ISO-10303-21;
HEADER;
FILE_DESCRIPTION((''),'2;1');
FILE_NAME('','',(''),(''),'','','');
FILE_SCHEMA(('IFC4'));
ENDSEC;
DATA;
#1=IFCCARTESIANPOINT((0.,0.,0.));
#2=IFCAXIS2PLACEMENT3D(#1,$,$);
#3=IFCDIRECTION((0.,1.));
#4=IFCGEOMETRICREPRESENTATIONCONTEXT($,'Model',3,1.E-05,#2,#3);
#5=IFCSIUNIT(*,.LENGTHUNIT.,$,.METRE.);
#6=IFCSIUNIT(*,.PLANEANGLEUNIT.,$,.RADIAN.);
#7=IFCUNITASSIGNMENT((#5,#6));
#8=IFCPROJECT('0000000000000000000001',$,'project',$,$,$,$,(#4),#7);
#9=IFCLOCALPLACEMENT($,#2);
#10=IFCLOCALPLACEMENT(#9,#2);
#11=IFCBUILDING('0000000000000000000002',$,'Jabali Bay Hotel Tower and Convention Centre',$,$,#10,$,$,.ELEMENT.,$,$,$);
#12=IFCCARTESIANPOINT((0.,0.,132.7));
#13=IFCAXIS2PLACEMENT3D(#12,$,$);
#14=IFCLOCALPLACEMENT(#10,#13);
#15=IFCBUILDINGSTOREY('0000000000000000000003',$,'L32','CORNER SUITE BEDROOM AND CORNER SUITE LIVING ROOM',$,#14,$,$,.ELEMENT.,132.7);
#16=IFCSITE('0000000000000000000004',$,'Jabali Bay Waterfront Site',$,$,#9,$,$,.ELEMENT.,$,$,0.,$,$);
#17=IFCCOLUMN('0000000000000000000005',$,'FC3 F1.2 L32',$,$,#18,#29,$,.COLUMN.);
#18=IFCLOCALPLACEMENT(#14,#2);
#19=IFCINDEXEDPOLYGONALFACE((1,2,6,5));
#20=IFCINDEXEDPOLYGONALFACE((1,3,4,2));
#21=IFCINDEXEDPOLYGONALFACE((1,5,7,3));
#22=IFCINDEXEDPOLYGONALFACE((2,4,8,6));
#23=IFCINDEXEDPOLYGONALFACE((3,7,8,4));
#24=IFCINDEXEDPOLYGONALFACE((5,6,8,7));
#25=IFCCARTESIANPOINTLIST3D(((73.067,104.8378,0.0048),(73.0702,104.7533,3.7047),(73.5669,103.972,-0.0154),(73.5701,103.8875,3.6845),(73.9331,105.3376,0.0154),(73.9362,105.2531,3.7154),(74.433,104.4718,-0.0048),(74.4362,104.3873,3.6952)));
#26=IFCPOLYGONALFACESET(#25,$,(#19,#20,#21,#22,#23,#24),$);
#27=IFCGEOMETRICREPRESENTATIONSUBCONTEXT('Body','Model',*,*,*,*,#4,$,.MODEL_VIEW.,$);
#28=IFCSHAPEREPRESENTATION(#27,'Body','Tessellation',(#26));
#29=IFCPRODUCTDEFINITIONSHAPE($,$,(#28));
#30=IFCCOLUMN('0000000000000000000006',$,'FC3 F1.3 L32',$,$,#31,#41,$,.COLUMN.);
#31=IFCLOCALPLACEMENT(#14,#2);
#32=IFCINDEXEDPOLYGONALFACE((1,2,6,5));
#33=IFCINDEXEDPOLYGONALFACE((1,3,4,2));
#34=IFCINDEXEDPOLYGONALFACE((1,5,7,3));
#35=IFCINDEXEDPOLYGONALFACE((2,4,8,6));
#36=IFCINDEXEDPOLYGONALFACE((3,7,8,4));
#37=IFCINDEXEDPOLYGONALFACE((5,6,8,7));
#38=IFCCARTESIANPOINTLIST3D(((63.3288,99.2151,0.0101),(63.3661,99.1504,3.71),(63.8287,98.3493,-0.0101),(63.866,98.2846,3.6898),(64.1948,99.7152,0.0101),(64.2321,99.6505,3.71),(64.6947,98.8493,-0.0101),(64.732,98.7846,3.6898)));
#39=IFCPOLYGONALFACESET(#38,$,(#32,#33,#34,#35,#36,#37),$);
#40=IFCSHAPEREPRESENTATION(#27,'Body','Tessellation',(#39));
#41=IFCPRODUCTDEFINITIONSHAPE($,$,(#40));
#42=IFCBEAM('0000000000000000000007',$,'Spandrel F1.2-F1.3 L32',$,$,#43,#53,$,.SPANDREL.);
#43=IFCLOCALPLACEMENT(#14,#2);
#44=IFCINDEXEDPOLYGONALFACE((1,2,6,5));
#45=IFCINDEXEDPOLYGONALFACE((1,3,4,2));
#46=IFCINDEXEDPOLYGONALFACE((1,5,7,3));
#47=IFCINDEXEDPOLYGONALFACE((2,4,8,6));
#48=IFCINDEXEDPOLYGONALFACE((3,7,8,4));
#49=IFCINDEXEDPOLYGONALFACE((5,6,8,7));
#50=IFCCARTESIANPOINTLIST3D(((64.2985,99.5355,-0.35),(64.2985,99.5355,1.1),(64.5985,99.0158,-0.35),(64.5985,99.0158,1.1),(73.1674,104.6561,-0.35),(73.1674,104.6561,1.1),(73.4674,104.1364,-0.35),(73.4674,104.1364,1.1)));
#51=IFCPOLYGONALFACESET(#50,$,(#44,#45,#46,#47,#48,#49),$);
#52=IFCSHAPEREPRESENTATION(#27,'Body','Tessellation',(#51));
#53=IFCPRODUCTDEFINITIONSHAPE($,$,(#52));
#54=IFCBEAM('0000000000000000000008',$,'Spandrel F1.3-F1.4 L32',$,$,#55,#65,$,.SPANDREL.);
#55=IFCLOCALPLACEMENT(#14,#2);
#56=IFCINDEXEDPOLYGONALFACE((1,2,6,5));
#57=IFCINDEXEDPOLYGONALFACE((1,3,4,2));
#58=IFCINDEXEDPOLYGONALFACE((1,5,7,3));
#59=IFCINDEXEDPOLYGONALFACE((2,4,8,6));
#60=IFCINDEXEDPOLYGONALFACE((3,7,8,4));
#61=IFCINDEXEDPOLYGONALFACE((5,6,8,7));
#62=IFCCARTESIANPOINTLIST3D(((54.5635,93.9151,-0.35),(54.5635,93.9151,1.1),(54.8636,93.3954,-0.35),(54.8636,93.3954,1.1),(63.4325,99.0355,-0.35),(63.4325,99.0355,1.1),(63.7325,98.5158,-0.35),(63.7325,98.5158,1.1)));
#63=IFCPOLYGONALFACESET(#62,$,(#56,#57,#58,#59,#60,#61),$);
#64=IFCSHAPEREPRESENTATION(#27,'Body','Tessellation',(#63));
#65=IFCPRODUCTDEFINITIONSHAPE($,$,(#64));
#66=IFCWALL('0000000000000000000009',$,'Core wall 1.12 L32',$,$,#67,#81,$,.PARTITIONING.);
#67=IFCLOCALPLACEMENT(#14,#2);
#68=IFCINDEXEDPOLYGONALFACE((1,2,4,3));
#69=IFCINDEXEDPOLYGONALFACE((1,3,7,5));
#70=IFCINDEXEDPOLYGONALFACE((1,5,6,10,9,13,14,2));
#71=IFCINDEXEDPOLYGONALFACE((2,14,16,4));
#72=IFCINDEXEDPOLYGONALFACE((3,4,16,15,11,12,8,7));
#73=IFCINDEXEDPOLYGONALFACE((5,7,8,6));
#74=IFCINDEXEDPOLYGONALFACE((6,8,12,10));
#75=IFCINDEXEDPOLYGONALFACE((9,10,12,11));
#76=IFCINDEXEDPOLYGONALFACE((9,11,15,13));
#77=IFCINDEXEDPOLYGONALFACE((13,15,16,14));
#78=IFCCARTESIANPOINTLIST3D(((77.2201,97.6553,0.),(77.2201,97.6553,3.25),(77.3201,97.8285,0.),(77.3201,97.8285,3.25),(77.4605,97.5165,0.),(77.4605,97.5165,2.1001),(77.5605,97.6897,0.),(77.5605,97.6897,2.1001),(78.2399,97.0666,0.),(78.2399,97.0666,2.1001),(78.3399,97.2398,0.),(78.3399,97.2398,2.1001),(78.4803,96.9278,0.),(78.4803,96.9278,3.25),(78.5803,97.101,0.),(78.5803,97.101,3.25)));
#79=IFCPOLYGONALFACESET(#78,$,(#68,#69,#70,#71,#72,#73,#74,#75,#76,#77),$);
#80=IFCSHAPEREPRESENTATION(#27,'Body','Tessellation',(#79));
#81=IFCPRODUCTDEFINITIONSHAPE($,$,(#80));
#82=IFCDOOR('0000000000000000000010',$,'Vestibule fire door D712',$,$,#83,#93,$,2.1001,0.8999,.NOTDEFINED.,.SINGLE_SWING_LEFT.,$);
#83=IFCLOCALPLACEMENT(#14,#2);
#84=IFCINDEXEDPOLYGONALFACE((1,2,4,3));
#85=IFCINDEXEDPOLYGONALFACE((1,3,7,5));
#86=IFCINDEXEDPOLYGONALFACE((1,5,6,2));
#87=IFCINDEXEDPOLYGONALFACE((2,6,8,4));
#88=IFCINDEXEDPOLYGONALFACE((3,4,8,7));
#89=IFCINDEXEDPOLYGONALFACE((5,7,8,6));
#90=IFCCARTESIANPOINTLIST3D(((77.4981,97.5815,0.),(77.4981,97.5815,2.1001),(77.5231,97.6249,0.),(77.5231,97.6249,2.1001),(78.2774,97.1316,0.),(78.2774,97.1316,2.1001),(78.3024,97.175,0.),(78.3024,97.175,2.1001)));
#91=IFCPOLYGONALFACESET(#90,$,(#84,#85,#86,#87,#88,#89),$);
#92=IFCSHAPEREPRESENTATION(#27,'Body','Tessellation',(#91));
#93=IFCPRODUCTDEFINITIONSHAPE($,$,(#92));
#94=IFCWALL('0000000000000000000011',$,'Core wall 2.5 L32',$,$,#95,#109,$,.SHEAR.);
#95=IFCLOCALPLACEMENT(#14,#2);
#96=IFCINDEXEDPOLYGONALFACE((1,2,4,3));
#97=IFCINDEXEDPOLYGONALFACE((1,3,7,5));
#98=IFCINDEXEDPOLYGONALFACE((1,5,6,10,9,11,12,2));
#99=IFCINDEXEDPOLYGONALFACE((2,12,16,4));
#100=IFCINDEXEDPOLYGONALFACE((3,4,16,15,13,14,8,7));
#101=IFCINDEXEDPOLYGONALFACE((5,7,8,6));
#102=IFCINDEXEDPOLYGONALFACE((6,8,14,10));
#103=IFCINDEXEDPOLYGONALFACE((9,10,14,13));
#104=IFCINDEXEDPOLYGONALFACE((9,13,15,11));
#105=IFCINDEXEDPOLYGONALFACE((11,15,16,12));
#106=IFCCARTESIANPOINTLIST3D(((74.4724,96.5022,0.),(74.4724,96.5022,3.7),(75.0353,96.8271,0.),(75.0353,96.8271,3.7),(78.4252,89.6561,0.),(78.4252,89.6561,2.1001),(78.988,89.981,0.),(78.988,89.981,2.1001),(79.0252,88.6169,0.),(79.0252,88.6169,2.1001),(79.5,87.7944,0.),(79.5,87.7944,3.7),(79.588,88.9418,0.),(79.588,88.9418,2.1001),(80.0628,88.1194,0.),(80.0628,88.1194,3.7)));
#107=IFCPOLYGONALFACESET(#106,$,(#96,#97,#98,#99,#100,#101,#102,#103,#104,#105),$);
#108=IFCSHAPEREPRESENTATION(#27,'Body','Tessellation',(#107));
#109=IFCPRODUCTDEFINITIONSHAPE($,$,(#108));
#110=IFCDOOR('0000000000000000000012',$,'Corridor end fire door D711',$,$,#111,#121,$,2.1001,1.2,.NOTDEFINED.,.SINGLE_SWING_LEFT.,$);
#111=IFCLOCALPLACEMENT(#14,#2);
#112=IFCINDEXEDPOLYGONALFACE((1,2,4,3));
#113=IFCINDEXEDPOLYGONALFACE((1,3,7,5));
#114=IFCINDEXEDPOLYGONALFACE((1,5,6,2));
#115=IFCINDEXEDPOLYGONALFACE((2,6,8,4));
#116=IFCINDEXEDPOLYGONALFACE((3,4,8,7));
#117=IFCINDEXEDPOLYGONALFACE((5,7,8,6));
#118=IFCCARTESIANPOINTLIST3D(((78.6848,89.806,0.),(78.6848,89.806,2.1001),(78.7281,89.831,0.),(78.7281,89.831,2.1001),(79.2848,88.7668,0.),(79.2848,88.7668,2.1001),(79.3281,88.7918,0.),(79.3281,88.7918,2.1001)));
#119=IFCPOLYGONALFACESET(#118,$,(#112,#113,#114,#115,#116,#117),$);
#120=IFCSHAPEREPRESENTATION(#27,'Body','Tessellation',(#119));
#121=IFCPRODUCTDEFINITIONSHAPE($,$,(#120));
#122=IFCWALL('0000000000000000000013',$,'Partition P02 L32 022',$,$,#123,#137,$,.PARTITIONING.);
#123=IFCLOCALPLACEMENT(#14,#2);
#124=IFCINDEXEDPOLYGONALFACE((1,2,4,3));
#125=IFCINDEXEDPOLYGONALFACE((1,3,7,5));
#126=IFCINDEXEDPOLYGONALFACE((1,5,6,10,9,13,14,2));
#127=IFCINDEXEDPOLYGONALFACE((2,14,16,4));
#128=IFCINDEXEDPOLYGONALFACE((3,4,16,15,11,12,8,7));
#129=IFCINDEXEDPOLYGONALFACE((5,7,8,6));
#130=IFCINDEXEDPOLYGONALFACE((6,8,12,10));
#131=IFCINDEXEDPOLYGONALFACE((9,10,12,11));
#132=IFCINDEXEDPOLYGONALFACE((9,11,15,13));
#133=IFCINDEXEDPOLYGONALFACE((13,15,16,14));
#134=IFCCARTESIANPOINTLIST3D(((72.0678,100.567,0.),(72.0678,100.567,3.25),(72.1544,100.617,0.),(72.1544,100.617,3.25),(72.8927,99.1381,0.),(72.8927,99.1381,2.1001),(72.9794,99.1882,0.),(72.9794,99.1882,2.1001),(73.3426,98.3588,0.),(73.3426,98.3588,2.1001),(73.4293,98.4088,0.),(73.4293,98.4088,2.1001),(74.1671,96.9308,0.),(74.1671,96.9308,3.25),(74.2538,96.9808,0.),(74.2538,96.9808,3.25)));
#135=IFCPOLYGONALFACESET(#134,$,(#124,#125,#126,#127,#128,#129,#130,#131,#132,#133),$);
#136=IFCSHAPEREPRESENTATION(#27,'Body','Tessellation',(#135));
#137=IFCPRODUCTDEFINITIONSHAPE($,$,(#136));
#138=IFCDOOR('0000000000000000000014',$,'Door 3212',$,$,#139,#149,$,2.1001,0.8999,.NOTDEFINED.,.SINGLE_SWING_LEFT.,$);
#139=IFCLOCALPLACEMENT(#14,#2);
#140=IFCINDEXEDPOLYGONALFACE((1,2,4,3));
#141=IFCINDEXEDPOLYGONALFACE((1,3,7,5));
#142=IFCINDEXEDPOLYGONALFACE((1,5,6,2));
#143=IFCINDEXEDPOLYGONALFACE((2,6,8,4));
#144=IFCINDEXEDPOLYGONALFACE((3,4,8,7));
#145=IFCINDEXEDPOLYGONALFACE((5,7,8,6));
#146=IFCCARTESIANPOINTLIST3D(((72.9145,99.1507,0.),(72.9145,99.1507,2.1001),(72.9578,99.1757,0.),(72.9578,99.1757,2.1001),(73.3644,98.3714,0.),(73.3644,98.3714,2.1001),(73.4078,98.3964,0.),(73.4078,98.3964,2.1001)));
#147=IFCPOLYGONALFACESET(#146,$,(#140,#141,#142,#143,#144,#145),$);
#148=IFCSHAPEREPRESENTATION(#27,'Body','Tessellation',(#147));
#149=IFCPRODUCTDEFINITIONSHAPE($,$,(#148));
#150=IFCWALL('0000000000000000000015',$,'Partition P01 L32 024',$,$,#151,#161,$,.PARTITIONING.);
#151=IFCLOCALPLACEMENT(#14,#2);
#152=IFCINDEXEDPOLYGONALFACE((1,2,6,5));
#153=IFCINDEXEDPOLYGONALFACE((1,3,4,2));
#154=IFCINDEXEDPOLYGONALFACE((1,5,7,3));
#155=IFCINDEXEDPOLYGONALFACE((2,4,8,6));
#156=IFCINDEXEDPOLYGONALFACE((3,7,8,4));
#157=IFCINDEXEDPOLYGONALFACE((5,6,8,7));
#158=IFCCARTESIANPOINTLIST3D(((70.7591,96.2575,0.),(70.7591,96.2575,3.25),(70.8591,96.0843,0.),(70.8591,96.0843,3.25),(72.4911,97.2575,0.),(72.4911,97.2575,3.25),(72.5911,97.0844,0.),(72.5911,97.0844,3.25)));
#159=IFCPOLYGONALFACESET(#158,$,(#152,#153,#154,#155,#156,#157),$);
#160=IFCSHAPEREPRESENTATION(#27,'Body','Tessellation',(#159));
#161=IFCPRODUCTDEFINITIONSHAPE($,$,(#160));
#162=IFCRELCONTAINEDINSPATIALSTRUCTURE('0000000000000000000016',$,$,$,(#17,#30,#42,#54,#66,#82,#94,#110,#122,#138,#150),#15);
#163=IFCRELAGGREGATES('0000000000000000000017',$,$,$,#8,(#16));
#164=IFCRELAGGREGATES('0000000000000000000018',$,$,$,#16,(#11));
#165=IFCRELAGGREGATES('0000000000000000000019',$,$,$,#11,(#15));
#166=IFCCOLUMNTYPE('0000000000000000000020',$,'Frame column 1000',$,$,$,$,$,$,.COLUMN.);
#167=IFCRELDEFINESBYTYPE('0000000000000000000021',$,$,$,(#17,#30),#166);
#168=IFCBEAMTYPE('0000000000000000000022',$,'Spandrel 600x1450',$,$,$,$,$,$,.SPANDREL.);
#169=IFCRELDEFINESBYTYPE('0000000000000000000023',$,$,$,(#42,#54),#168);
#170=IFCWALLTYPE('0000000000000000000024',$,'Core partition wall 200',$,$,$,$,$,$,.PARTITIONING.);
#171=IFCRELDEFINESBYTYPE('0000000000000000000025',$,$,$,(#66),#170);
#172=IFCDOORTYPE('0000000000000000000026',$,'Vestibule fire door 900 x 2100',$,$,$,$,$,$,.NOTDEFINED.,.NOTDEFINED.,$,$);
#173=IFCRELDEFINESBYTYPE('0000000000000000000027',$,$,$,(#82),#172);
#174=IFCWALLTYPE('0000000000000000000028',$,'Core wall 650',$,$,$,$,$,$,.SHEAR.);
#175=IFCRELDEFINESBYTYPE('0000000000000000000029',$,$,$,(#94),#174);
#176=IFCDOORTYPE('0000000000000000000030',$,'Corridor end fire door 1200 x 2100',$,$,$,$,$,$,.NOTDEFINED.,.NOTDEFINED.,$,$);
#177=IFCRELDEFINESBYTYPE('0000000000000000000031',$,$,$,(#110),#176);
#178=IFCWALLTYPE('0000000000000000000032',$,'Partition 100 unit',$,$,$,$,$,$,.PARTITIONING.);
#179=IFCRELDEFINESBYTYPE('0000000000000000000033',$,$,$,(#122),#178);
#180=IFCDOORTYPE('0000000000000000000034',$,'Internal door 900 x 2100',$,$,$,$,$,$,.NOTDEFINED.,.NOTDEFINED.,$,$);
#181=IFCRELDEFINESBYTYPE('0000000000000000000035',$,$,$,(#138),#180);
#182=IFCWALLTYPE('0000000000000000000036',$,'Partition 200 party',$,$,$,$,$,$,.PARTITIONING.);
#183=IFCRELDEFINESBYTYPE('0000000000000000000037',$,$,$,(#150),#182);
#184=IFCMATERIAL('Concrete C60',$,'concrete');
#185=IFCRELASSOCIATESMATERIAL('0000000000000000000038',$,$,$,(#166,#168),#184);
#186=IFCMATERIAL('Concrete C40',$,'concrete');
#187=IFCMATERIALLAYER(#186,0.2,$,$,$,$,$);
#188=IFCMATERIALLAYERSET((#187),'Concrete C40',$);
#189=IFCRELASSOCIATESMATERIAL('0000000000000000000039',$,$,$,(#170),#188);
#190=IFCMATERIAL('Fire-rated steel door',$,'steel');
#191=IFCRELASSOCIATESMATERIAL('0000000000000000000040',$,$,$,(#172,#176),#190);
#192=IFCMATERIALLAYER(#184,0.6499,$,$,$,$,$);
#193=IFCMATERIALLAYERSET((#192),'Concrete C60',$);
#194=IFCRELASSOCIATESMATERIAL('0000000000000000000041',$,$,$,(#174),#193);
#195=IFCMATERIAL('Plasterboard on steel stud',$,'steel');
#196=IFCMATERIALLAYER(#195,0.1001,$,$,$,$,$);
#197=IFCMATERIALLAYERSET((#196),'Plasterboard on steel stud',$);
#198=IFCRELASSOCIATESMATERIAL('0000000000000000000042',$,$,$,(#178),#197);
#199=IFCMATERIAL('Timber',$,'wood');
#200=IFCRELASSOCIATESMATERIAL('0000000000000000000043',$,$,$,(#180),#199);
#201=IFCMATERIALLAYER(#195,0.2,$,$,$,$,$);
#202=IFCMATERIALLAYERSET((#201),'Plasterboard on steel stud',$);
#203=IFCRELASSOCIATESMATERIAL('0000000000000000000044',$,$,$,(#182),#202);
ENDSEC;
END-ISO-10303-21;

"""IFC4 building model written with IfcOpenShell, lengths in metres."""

from ifc_helpers import new_model, si_unit, direction, frame, frame_2d, origin, origin_2d, place, context, subcontext, project, spatial, rectangle, extrude, material, layer, layer_set, material_profile, profile_set, type_object, element, fill, save


model = new_model("IFC4")

# Units and contexts
model_context = context("Model", 3, precision=1e-05, world=origin(), true_north=direction((0.0, 1.0)))
body_context = subcontext(model_context, "Body", "Model", "MODEL_VIEW")
ifc_project = project(units=[si_unit("LENGTHUNIT", "METRE"), si_unit("PLANEANGLEUNIT", "RADIAN")], contexts=[model_context])

# Site, building, storey
site_placement = place(None, origin())
site = spatial("IfcSite", under=ifc_project, at=site_placement, Name="Jabali Bay Waterfront Site", CompositionType="ELEMENT", RefElevation=0.0)
building_placement = place(site_placement, origin())
building = spatial("IfcBuilding", under=site, at=building_placement, Name="Jabali Bay Hotel Tower and Convention Centre", CompositionType="ELEMENT")
storey_placement = place(building_placement, frame((0.0, 0.0, 132.7)))
storey = spatial("IfcBuildingStorey", under=building, at=storey_placement, Name="L32", Description="CORNER SUITE BEDROOM AND CORNER SUITE LIVING ROOM", CompositionType="ELEMENT", Elevation=132.7)

# Columns
ifc_material_1 = material(Name="Concrete C60", Category="concrete")
ifc_material_profile_1 = material_profile(ifc_material_1, rectangle(XDim=1.0, YDim=1.0, at=origin_2d()), Name="Frame column 1000")
ifc_profile_set_1 = profile_set([ifc_material_profile_1], Name="Concrete C60")
column_type = type_object("IfcColumnType", Name="Frame column 1000", PredefinedType="COLUMN", material=ifc_profile_set_1)
column_1_placement = place(storey_placement, frame((73.75, 104.6548, 0.0), z_axis=(0.000858, -0.022825, 0.999739), x_axis=(0.866054, 0.499836, 0.010669)))
element("IfcColumn", 1, at=column_1_placement, inside=storey, type_object=column_type, Name="FC3 F1.2 L32", PredefinedType="COLUMN", context=body_context, shape_type="SweptSolid", body=[
    extrude(rectangle(XDim=1.0, YDim=1.0, at=origin_2d()), origin(), (0.0, 0.0, 1.0), 3.7009),
])
column_2_placement = place(storey_placement, frame((64.0117, 99.0322, 0.0), z_axis=(0.010094, -0.017482, 0.999796), x_axis=(0.86602, 0.500009, 0.0)))
element("IfcColumn", 2, at=column_2_placement, inside=storey, type_object=column_type, Name="FC3 F1.3 L32", PredefinedType="COLUMN", context=body_context, shape_type="SweptSolid", body=[
    extrude(rectangle(XDim=1.0, YDim=1.0, at=origin_2d()), origin(), (0.0, 0.0, 1.0), 3.7007),
])

# Beams
ifc_material_profile_2 = material_profile(ifc_material_1, rectangle(XDim=0.6001, YDim=1.45, at=origin_2d()), Name="Spandrel 600x1450")
ifc_profile_set_2 = profile_set([ifc_material_profile_2], Name="Concrete C60")
beam_type = type_object("IfcBeamType", Name="Spandrel 600x1450", PredefinedType="SPANDREL", material=ifc_profile_set_2)
for number, where, z_axis, x_axis, name in (
    (3, (73.3174, 104.3962, 0.375), (-0.866019, -0.500011, 0.0), (0.500011, -0.866019, 0.0), "Spandrel F1.2-F1.3 L32"),
    (4, (63.5825, 98.7756, 0.375), (-0.86603, -0.499993, 0.0), (0.499993, -0.86603, 0.0), "Spandrel F1.3-F1.4 L32"),
):
    element("IfcBeam", number, at=place(storey_placement, frame(where, z_axis=z_axis, x_axis=x_axis)), inside=storey, type_object=beam_type, Name=name, PredefinedType="SPANDREL", context=body_context, shape_type="SweptSolid", body=[
        extrude(rectangle(XDim=0.6001, YDim=1.45, at=origin_2d()), origin(), (0.0, 0.0, 1.0), 10.241),
    ])

# Walls, openings, doors
ifc_material_2 = material(Name="Concrete C40", Category="concrete")
ifc_layer_1 = layer(ifc_material_2, 0.2)
ifc_layer_set_1 = layer_set([ifc_layer_1], Name="Concrete C40")
wall_type_1 = type_object("IfcWallType", Name="Core partition wall 200", PredefinedType="PARTITIONING", material=ifc_layer_set_1)
wall_1_placement = place(storey_placement, frame((78.5303, 97.0144, 0.0), z_axis=(0.0, 0.0, 1.0), x_axis=(-0.866046, 0.499965, 0.0)))
wall_1 = element("IfcWall", 5, at=wall_1_placement, inside=storey, type_object=wall_type_1, Name="Core wall 1.12 L32", PredefinedType="PARTITIONING", context=body_context, shape_type="SweptSolid", body=[
    extrude(rectangle(XDim=1.4551, YDim=0.2, at=frame_2d((0.7275, 0.0))), origin(), (0.0, 0.0, 1.0), 3.25),
])
opening_1_placement = place(wall_1_placement, frame((0.2776, 0.0, 0.0)))
opening_1 = element("IfcOpeningElement", 6, at=opening_1_placement, cuts=wall_1, PredefinedType="OPENING", context=body_context, shape_type="SweptSolid", body=[
    extrude(rectangle(XDim=0.8999, YDim=2.1001, at=frame_2d((0.45, 1.05))), frame((0.0, 0.1104, 0.0), z_axis=(0.0, -1.0, 0.0), x_axis=(1.0, 0.0, 0.0)), (0.0, 0.0, 1.0), 0.2209),
])
ifc_material_3 = material(Name="Fire-rated steel door", Category="steel")
door_type_1 = type_object("IfcDoorType", Name="Vestibule fire door 900 x 2100", OperationType="NOTDEFINED", PredefinedType="NOTDEFINED", material=ifc_material_3)
door_1_placement = place(opening_1_placement, origin())
door_1 = element("IfcDoor", 7, at=door_1_placement, inside=storey, type_object=door_type_1, Name="Vestibule fire door D712", OperationType="SINGLE_SWING_LEFT", OverallHeight=2.1001, OverallWidth=0.8999, PredefinedType="NOTDEFINED", context=body_context, shape_type="SweptSolid", body=[
    extrude(rectangle(XDim=0.8999, YDim=2.1001, at=frame_2d((0.45, 1.05))), frame((0.0, 0.0249, 0.0), z_axis=(0.0, -1.0, 0.0), x_axis=(1.0, 0.0, 0.0)), (0.0, 0.0, 1.0), 0.05),
])
fill(opening_1, door_1)
ifc_layer_2 = layer(ifc_material_1, 0.6499)
ifc_layer_set_2 = layer_set([ifc_layer_2], Name="Concrete C60")
wall_type_2 = type_object("IfcWallType", Name="Core wall 650", PredefinedType="SHEAR", material=ifc_layer_set_2)
wall_2_placement = place(storey_placement, frame((74.7539, 96.6646, 0.0), z_axis=(0.0, 0.0, 1.0), x_axis=(0.500012, -0.866019, 0.0)))
wall_2 = element("IfcWall", 8, at=wall_2_placement, inside=storey, type_object=wall_type_2, Name="Core wall 2.5 L32", PredefinedType="SHEAR", context=body_context, shape_type="SweptSolid", body=[
    extrude(rectangle(XDim=10.0549, YDim=0.6499, at=frame_2d((5.0273, 0.0))), origin(), (0.0, 0.0, 1.0), 3.7),
])
opening_2_placement = place(wall_2_placement, frame((7.905, 0.0, 0.0)))
opening_2 = element("IfcOpeningElement", 9, at=opening_2_placement, cuts=wall_2, PredefinedType="OPENING", context=body_context, shape_type="SweptSolid", body=[
    extrude(rectangle(XDim=1.2, YDim=2.1001, at=frame_2d((0.6001, 1.05))), frame((0.0, 0.3354, 0.0), z_axis=(0.0, -1.0, 0.0), x_axis=(1.0, 0.0, 0.0)), (0.0, 0.0, 1.0), 0.6709),
])
door_type_2 = type_object("IfcDoorType", Name="Corridor end fire door 1200 x 2100", OperationType="NOTDEFINED", PredefinedType="NOTDEFINED", material=ifc_material_3)
door_2_placement = place(opening_2_placement, origin())
door_2 = element("IfcDoor", 10, at=door_2_placement, inside=storey, type_object=door_type_2, Name="Corridor end fire door D711", OperationType="SINGLE_SWING_LEFT", OverallHeight=2.1001, OverallWidth=1.2, PredefinedType="NOTDEFINED", context=body_context, shape_type="SweptSolid", body=[
    extrude(rectangle(XDim=1.2, YDim=2.1001, at=frame_2d((0.6001, 1.05))), frame((0.0, 0.0249, 0.0), z_axis=(0.0, -1.0, 0.0), x_axis=(1.0, 0.0, 0.0)), (0.0, 0.0, 1.0), 0.05),
])
fill(opening_2, door_2)
ifc_material_4 = material(Name="Plasterboard on steel stud", Category="steel")
ifc_layer_3 = layer(ifc_material_4, 0.1001)
ifc_layer_set_3 = layer_set([ifc_layer_3], Name="Plasterboard on steel stud")
wall_type_3 = type_object("IfcWallType", Name="Partition 100 unit", PredefinedType="PARTITIONING", material=ifc_layer_set_3)
wall_3_placement = place(storey_placement, frame((74.2104, 96.9558, 0.0), z_axis=(0.0, 0.0, 1.0), x_axis=(-0.499998, 0.866027, 0.0)))
wall_3 = element("IfcWall", 11, at=wall_3_placement, inside=storey, type_object=wall_type_3, Name="Partition P02 L32 022", PredefinedType="PARTITIONING", context=body_context, shape_type="SweptSolid", body=[
    extrude(rectangle(XDim=4.1987, YDim=0.1001, at=frame_2d((2.0994, 0.0))), origin(), (0.0, 0.0, 1.0), 3.25),
])
opening_3_placement = place(wall_3_placement, frame((1.6489, 0.0, 0.0)))
opening_3 = element("IfcOpeningElement", 12, at=opening_3_placement, cuts=wall_3, PredefinedType="OPENING", context=body_context, shape_type="SweptSolid", body=[
    extrude(rectangle(XDim=0.8999, YDim=2.1001, at=frame_2d((0.45, 1.05))), frame((0.0, 0.0605, 0.0), z_axis=(0.0, -1.0, 0.0), x_axis=(1.0, 0.0, 0.0)), (0.0, 0.0, 1.0), 0.1211),
])
ifc_material_5 = material(Name="Timber", Category="wood")
door_type_3 = type_object("IfcDoorType", Name="Internal door 900 x 2100", OperationType="NOTDEFINED", PredefinedType="NOTDEFINED", material=ifc_material_5)
door_3_placement = place(opening_3_placement, origin())
door_3 = element("IfcDoor", 13, at=door_3_placement, inside=storey, type_object=door_type_3, Name="Door 3212", OperationType="SINGLE_SWING_LEFT", OverallHeight=2.1001, OverallWidth=0.8999, PredefinedType="NOTDEFINED", context=body_context, shape_type="SweptSolid", body=[
    extrude(rectangle(XDim=0.8999, YDim=2.1001, at=frame_2d((0.45, 1.05))), frame((0.0, 0.0249, 0.0), z_axis=(0.0, -1.0, 0.0), x_axis=(1.0, 0.0, 0.0)), (0.0, 0.0, 1.0), 0.05),
])
fill(opening_3, door_3)

# Wall
ifc_layer_4 = layer(ifc_material_4, 0.2)
ifc_layer_set_4 = layer_set([ifc_layer_4], Name="Plasterboard on steel stud")
wall_type_4 = type_object("IfcWallType", Name="Partition 200 party", PredefinedType="PARTITIONING", material=ifc_layer_set_4)
wall_4_placement = place(storey_placement, frame((70.8091, 96.1709, 0.0), z_axis=(0.0, 0.0, 1.0), x_axis=(0.866011, 0.500025, 0.0)))
element("IfcWall", 14, at=wall_4_placement, inside=storey, type_object=wall_type_4, Name="Partition P01 L32 024", PredefinedType="PARTITIONING", context=body_context, shape_type="SweptSolid", body=[
    extrude(rectangle(XDim=2.0, YDim=0.2, at=frame_2d((1.0, 0.0))), origin(), (0.0, 0.0, 1.0), 3.25),
])

save(model, "model.ifc")
